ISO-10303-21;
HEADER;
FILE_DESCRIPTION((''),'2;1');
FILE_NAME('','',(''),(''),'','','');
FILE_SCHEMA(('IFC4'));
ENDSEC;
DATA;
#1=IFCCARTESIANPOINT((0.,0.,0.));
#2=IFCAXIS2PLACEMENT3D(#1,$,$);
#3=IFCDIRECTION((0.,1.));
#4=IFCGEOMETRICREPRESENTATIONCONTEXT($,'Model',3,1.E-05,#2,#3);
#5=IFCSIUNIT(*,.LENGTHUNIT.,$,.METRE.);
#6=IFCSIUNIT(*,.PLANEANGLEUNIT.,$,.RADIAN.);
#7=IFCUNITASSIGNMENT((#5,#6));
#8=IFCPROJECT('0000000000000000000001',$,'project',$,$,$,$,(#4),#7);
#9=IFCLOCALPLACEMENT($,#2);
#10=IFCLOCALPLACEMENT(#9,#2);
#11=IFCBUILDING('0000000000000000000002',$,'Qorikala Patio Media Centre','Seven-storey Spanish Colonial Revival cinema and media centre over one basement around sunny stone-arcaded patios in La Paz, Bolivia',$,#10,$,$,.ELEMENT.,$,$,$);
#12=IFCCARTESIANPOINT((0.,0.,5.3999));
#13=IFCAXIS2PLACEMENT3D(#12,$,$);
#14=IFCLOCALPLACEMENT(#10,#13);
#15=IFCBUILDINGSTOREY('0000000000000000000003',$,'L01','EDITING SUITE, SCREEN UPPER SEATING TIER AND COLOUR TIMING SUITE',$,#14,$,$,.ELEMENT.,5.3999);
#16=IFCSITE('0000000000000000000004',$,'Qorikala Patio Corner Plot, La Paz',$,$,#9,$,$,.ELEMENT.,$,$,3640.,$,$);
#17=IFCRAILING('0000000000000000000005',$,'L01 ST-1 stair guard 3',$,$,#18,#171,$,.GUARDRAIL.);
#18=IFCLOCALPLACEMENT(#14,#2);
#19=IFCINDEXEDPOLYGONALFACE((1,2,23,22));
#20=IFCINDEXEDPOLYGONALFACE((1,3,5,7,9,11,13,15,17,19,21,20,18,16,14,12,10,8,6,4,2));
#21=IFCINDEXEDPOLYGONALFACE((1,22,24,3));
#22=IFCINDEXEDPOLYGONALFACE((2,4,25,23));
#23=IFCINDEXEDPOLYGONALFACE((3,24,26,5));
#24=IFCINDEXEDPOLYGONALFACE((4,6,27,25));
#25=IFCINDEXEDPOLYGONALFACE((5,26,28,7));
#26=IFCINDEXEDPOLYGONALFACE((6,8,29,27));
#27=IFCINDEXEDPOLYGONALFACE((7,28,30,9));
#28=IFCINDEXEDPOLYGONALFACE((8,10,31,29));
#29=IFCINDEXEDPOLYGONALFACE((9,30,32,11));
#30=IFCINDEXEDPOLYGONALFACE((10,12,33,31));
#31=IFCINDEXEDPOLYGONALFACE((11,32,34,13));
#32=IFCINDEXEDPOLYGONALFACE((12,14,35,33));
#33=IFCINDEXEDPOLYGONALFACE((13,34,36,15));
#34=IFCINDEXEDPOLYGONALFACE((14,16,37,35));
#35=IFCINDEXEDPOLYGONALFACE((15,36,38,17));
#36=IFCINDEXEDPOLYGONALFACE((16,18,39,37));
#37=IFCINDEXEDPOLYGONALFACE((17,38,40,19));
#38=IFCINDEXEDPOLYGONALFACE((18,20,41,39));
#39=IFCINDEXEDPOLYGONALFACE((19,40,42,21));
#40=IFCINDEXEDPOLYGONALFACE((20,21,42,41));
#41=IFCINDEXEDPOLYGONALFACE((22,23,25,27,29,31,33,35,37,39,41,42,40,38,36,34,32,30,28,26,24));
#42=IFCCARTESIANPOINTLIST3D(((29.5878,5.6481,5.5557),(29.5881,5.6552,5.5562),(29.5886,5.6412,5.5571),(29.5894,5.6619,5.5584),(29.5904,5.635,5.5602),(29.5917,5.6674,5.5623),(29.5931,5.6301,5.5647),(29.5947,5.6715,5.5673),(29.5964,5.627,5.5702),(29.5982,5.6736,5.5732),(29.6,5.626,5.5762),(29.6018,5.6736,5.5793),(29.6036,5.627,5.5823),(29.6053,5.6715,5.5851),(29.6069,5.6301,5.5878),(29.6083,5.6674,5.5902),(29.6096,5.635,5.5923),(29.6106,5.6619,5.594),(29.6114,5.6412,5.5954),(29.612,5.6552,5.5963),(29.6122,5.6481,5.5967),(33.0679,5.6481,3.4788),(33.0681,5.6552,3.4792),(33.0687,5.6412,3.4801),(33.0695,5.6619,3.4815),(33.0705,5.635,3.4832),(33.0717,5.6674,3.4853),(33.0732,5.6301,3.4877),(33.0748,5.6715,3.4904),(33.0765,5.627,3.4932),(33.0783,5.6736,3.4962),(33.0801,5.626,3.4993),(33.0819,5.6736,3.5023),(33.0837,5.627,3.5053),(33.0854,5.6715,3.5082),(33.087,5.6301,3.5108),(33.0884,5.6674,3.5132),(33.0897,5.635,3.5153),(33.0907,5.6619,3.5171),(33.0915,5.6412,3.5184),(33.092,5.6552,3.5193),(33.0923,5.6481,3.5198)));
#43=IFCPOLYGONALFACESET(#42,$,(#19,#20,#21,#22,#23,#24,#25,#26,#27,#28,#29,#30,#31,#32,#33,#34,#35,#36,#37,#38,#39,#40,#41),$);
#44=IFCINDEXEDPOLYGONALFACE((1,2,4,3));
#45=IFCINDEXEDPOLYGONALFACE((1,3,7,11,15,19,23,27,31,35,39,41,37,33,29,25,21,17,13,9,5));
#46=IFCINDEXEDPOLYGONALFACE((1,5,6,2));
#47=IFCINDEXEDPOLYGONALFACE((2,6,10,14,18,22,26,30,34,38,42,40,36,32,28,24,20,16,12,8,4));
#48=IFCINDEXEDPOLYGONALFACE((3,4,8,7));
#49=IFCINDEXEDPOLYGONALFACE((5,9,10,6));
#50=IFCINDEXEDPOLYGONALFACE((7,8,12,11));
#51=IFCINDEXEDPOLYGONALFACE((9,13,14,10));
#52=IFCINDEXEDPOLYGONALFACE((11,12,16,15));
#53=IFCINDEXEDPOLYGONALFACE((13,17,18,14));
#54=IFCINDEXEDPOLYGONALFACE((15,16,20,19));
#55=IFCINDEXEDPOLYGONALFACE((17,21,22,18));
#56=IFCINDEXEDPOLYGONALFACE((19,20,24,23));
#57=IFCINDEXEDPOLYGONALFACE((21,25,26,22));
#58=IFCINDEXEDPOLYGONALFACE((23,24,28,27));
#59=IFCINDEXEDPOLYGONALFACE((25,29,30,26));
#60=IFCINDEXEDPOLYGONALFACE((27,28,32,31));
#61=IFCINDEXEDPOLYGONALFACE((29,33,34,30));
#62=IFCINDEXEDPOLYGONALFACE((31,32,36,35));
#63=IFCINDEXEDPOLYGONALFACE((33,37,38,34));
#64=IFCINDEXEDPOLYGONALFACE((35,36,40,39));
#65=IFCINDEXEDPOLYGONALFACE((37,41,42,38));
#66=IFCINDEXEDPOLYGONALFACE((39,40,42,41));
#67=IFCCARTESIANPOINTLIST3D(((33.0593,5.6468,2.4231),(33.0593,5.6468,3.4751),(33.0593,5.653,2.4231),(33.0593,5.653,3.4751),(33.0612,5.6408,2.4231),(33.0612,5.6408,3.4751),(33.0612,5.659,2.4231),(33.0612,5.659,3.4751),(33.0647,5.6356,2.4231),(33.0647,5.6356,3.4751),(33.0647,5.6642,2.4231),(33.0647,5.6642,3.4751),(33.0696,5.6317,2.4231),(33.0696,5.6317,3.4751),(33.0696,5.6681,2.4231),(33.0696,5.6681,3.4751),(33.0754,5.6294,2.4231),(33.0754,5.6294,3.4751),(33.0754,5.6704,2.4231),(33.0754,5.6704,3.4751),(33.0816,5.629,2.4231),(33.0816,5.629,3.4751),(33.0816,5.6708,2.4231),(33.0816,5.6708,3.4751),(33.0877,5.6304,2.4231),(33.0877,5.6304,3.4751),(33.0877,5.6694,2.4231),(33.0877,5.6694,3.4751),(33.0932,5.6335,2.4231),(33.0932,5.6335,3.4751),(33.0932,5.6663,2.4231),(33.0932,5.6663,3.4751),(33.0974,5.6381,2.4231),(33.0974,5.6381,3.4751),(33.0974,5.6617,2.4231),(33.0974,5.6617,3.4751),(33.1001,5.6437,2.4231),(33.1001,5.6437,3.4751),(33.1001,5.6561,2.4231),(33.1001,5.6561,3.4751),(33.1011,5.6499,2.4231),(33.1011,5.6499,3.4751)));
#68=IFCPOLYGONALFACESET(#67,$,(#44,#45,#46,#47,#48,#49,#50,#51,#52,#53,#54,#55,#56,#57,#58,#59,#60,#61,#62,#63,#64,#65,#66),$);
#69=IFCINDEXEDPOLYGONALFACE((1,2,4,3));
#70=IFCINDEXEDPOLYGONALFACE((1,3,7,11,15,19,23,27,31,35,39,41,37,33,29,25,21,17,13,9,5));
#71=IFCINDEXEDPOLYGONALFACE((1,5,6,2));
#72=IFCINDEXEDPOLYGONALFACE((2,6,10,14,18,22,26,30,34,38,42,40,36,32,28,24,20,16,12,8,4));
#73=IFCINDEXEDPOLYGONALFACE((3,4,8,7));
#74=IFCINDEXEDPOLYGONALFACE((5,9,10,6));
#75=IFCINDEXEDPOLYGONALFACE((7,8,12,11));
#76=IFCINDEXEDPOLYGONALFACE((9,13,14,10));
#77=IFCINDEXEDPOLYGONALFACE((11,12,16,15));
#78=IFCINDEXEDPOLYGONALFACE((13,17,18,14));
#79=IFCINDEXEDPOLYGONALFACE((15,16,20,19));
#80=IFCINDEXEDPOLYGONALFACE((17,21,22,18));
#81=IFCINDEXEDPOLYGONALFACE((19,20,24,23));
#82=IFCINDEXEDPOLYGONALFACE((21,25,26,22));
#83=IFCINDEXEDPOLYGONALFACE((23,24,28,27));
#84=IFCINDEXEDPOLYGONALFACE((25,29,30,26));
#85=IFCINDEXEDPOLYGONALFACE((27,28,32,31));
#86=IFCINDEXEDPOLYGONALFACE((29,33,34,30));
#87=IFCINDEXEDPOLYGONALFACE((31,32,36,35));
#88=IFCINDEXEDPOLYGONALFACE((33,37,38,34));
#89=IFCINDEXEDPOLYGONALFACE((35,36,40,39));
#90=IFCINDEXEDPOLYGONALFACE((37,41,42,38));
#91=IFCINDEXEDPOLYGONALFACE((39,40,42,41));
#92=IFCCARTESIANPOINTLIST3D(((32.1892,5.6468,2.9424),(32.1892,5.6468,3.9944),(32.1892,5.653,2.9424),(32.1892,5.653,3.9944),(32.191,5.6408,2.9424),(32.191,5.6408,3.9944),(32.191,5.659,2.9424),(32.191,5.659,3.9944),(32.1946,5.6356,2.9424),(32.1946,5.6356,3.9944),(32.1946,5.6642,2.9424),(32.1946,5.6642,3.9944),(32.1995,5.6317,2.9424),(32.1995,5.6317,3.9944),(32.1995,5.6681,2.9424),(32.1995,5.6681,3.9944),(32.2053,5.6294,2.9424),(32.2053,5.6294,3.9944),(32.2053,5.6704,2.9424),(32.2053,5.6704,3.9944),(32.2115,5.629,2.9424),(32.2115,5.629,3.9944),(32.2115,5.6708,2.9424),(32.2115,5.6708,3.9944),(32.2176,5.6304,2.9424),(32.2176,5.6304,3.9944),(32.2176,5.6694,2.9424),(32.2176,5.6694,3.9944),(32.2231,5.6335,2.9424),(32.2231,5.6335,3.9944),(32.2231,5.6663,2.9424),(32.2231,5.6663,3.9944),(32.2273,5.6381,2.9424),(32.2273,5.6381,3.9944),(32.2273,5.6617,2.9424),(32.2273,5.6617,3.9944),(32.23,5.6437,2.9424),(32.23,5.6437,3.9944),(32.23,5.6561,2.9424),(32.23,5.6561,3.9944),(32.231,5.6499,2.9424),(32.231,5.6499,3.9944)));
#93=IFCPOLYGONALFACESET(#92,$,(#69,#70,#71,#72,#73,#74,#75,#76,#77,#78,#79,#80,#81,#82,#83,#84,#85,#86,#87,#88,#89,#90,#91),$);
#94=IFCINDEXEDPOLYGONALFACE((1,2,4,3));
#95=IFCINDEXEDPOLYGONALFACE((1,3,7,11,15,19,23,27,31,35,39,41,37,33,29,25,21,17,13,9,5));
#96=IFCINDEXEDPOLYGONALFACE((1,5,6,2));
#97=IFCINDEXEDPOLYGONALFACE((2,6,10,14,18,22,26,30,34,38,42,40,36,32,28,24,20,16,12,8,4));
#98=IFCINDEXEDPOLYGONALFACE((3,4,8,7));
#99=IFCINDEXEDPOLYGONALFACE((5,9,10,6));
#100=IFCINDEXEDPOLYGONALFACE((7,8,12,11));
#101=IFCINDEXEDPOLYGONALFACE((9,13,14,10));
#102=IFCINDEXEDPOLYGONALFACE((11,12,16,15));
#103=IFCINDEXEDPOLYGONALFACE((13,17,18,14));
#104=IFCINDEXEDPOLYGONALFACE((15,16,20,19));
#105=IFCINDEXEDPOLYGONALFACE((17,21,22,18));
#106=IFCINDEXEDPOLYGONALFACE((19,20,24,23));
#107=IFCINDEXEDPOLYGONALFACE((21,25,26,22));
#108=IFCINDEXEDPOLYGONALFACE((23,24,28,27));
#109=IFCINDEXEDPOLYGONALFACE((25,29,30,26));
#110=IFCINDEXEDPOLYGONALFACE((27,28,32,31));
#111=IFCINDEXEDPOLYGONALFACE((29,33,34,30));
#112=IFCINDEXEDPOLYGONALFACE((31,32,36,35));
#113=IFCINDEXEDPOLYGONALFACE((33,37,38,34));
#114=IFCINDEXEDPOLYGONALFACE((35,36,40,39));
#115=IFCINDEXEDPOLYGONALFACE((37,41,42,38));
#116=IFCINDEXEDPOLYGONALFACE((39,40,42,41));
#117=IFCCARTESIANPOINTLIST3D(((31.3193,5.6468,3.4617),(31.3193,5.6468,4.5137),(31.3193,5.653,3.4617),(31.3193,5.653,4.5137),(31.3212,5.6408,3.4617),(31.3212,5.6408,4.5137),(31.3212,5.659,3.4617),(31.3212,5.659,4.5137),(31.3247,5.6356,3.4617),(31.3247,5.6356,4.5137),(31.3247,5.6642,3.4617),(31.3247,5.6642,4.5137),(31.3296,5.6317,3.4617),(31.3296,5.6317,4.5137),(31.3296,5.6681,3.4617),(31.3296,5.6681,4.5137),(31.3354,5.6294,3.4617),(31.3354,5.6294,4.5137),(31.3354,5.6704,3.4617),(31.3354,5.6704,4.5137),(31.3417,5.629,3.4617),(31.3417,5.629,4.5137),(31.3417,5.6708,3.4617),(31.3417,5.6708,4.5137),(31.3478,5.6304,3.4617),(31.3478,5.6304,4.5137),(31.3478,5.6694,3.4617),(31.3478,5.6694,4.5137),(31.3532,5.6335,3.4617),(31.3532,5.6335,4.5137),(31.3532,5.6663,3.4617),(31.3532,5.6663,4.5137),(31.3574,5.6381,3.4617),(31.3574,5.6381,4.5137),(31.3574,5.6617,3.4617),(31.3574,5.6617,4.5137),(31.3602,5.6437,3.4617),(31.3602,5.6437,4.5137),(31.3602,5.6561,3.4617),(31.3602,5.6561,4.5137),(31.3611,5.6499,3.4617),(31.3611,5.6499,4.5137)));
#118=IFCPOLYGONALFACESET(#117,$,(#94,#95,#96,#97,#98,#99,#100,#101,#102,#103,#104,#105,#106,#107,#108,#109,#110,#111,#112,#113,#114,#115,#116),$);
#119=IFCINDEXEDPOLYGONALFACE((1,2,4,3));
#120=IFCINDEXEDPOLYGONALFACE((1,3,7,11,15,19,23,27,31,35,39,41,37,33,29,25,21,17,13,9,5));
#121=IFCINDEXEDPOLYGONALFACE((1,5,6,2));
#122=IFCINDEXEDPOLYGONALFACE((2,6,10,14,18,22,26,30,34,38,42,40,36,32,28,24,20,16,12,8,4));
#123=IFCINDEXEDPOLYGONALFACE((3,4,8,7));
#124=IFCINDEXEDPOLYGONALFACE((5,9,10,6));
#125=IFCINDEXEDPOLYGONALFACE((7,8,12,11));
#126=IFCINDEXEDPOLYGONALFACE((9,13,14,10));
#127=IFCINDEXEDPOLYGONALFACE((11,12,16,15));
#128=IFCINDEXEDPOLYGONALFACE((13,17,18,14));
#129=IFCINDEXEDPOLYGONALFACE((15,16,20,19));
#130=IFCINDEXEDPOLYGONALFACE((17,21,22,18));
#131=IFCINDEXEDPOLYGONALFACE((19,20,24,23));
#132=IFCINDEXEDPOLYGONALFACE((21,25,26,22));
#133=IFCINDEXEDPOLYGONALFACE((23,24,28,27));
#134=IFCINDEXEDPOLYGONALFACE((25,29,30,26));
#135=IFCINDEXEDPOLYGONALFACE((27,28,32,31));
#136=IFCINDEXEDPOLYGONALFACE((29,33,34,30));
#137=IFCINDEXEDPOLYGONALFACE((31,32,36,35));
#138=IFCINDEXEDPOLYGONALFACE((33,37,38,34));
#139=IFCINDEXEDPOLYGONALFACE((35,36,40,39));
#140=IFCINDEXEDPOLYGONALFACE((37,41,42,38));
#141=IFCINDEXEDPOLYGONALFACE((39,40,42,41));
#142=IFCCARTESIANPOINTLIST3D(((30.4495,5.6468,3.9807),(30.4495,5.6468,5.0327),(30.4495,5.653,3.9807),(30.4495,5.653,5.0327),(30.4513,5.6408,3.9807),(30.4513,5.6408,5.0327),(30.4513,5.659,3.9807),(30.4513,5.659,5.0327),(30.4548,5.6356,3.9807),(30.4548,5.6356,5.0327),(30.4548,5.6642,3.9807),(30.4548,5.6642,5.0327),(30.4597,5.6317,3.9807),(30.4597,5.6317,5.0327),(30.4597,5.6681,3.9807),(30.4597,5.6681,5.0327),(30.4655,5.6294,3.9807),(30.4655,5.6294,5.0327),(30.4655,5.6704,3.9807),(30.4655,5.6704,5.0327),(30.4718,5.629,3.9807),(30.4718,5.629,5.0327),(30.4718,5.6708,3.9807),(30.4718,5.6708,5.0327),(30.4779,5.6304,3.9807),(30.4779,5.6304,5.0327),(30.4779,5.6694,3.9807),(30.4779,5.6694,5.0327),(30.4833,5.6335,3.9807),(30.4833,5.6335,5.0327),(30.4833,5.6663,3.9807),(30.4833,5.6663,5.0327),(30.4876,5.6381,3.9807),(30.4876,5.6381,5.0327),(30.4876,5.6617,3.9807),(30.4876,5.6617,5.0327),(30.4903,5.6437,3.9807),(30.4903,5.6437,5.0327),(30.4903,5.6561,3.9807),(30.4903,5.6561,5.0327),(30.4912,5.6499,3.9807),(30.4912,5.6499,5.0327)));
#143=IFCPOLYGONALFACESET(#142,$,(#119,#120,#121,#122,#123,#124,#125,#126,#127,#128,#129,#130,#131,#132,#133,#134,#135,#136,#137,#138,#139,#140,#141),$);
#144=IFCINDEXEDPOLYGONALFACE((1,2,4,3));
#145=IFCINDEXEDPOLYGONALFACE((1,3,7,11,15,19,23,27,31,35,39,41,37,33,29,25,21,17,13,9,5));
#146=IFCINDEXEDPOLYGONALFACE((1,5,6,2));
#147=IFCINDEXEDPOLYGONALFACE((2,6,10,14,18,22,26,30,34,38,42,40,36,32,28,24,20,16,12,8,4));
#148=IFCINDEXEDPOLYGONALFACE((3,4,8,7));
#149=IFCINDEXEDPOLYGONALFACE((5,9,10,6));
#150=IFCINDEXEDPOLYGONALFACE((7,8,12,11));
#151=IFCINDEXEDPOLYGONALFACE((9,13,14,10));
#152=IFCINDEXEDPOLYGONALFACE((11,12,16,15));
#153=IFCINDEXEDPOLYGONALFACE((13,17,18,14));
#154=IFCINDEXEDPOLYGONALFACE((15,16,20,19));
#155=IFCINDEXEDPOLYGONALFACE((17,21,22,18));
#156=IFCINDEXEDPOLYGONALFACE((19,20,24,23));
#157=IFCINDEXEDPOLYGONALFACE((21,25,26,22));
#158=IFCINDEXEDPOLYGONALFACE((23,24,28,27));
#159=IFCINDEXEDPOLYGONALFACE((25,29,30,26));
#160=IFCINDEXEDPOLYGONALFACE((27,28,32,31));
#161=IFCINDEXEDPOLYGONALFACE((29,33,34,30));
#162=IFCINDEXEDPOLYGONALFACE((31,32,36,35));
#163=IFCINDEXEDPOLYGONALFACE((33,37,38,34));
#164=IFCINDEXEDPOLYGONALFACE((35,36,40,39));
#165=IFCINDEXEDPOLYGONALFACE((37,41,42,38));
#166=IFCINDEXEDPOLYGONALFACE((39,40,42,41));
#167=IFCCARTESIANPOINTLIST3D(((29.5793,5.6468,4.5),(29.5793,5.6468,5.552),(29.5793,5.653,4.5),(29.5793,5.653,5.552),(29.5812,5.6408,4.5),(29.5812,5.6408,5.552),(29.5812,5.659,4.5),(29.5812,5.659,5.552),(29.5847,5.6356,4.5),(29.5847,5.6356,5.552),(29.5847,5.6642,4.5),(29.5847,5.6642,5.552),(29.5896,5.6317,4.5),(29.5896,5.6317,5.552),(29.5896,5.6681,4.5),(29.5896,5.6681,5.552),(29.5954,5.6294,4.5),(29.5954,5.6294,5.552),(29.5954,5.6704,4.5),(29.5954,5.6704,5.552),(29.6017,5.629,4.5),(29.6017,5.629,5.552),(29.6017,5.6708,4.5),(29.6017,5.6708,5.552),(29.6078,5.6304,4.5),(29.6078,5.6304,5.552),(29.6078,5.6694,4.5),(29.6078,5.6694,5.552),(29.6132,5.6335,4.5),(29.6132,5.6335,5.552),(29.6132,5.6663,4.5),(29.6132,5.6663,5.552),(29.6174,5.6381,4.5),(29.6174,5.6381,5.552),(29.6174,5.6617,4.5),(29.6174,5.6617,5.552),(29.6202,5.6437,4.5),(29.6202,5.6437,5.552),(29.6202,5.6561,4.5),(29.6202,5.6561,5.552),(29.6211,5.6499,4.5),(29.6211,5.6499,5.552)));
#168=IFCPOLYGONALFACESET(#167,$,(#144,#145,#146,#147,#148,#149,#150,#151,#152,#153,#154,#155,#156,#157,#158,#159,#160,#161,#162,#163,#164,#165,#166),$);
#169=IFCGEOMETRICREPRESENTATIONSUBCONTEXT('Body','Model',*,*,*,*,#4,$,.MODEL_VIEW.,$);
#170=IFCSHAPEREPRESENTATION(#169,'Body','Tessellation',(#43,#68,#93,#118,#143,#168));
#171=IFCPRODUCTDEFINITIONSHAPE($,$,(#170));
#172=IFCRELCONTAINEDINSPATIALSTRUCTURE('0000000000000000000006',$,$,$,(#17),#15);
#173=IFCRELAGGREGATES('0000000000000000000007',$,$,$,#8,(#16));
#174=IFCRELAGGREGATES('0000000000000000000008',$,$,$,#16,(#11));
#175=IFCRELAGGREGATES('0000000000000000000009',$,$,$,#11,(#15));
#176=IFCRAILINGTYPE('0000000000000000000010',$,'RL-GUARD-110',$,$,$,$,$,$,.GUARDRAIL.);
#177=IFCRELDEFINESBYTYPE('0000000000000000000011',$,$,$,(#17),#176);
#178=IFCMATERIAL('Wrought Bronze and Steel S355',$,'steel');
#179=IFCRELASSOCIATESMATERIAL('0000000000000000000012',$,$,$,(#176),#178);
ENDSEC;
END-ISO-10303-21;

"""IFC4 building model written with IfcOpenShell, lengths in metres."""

from ifc_helpers import new_model, si_unit, direction, frame, origin, origin_2d, place, context, subcontext, project, spatial, circle, extrude, material, type_object, element, save


model = new_model("IFC4")

# Units and contexts
model_context = context("Model", 3, precision=1e-05, world=origin(), true_north=direction((0.0, 1.0)))
body_context = subcontext(model_context, "Body", "Model", "MODEL_VIEW")
ifc_project = project(units=[si_unit("LENGTHUNIT", "METRE"), si_unit("PLANEANGLEUNIT", "RADIAN")], contexts=[model_context])

# Site, building, storey
site_placement = place(None, origin())
site = spatial("IfcSite", under=ifc_project, at=site_placement, Name="Qorikala Patio Corner Plot, La Paz", CompositionType="ELEMENT", RefElevation=3640.0)
building_placement = place(site_placement, origin())
building = spatial("IfcBuilding", under=site, at=building_placement, Name="Qorikala Patio Media Centre", Description="Seven-storey Spanish Colonial Revival cinema and media centre over one basement around sunny stone-arcaded patios in La Paz, Bolivia", CompositionType="ELEMENT")
storey_placement = place(building_placement, frame((0.0, 0.0, 5.3999)))
storey = spatial("IfcBuildingStorey", under=building, at=storey_placement, Name="L01", Description="EDITING SUITE, SCREEN UPPER SEATING TIER AND COLOUR TIMING SUITE", CompositionType="ELEMENT", Elevation=5.3999)

# Railing
ifc_material_1 = material(Name="Wrought Bronze and Steel S355", Category="steel")
railing_type_1 = type_object("IfcRailingType", Name="RL-GUARD-110", PredefinedType="GUARDRAIL", material=ifc_material_1)
railing_1_placement = place(storey_placement, frame((33.0801, 5.6499, 2.4231)))
element("IfcRailing", 1, at=railing_1_placement, inside=storey, type_object=railing_type_1, Name="L01 ST-1 stair guard 3", PredefinedType="GUARDRAIL", context=body_context, shape_type="SweptSolid", body=[
    extrude(circle(Radius=0.0239, at=origin_2d()), frame((0.0, 0.0, 1.0762), z_axis=(-0.858697, 0.0, 0.512483), x_axis=(0.0, -1.0, 0.0)), (0.0, 0.0, 1.0), 4.0527),
    extrude(circle(Radius=0.021, at=origin_2d()), origin(), (0.0, 0.0, 1.0), 1.052),
    extrude(circle(Radius=0.021, at=origin_2d()), frame((-0.8701, 0.0, 0.5193)), (0.0, 0.0, 1.0), 1.052),
    extrude(circle(Radius=0.021, at=origin_2d()), frame((-1.74, 0.0, 1.0386)), (0.0, 0.0, 1.0), 1.052),
    extrude(circle(Radius=0.021, at=origin_2d()), frame((-2.6099, 0.0, 1.5576)), (0.0, 0.0, 1.0), 1.052),
    extrude(circle(Radius=0.021, at=origin_2d()), frame((-3.48, 0.0, 2.0769)), (0.0, 0.0, 1.0), 1.052),
])

save(model, "model.ifc")
